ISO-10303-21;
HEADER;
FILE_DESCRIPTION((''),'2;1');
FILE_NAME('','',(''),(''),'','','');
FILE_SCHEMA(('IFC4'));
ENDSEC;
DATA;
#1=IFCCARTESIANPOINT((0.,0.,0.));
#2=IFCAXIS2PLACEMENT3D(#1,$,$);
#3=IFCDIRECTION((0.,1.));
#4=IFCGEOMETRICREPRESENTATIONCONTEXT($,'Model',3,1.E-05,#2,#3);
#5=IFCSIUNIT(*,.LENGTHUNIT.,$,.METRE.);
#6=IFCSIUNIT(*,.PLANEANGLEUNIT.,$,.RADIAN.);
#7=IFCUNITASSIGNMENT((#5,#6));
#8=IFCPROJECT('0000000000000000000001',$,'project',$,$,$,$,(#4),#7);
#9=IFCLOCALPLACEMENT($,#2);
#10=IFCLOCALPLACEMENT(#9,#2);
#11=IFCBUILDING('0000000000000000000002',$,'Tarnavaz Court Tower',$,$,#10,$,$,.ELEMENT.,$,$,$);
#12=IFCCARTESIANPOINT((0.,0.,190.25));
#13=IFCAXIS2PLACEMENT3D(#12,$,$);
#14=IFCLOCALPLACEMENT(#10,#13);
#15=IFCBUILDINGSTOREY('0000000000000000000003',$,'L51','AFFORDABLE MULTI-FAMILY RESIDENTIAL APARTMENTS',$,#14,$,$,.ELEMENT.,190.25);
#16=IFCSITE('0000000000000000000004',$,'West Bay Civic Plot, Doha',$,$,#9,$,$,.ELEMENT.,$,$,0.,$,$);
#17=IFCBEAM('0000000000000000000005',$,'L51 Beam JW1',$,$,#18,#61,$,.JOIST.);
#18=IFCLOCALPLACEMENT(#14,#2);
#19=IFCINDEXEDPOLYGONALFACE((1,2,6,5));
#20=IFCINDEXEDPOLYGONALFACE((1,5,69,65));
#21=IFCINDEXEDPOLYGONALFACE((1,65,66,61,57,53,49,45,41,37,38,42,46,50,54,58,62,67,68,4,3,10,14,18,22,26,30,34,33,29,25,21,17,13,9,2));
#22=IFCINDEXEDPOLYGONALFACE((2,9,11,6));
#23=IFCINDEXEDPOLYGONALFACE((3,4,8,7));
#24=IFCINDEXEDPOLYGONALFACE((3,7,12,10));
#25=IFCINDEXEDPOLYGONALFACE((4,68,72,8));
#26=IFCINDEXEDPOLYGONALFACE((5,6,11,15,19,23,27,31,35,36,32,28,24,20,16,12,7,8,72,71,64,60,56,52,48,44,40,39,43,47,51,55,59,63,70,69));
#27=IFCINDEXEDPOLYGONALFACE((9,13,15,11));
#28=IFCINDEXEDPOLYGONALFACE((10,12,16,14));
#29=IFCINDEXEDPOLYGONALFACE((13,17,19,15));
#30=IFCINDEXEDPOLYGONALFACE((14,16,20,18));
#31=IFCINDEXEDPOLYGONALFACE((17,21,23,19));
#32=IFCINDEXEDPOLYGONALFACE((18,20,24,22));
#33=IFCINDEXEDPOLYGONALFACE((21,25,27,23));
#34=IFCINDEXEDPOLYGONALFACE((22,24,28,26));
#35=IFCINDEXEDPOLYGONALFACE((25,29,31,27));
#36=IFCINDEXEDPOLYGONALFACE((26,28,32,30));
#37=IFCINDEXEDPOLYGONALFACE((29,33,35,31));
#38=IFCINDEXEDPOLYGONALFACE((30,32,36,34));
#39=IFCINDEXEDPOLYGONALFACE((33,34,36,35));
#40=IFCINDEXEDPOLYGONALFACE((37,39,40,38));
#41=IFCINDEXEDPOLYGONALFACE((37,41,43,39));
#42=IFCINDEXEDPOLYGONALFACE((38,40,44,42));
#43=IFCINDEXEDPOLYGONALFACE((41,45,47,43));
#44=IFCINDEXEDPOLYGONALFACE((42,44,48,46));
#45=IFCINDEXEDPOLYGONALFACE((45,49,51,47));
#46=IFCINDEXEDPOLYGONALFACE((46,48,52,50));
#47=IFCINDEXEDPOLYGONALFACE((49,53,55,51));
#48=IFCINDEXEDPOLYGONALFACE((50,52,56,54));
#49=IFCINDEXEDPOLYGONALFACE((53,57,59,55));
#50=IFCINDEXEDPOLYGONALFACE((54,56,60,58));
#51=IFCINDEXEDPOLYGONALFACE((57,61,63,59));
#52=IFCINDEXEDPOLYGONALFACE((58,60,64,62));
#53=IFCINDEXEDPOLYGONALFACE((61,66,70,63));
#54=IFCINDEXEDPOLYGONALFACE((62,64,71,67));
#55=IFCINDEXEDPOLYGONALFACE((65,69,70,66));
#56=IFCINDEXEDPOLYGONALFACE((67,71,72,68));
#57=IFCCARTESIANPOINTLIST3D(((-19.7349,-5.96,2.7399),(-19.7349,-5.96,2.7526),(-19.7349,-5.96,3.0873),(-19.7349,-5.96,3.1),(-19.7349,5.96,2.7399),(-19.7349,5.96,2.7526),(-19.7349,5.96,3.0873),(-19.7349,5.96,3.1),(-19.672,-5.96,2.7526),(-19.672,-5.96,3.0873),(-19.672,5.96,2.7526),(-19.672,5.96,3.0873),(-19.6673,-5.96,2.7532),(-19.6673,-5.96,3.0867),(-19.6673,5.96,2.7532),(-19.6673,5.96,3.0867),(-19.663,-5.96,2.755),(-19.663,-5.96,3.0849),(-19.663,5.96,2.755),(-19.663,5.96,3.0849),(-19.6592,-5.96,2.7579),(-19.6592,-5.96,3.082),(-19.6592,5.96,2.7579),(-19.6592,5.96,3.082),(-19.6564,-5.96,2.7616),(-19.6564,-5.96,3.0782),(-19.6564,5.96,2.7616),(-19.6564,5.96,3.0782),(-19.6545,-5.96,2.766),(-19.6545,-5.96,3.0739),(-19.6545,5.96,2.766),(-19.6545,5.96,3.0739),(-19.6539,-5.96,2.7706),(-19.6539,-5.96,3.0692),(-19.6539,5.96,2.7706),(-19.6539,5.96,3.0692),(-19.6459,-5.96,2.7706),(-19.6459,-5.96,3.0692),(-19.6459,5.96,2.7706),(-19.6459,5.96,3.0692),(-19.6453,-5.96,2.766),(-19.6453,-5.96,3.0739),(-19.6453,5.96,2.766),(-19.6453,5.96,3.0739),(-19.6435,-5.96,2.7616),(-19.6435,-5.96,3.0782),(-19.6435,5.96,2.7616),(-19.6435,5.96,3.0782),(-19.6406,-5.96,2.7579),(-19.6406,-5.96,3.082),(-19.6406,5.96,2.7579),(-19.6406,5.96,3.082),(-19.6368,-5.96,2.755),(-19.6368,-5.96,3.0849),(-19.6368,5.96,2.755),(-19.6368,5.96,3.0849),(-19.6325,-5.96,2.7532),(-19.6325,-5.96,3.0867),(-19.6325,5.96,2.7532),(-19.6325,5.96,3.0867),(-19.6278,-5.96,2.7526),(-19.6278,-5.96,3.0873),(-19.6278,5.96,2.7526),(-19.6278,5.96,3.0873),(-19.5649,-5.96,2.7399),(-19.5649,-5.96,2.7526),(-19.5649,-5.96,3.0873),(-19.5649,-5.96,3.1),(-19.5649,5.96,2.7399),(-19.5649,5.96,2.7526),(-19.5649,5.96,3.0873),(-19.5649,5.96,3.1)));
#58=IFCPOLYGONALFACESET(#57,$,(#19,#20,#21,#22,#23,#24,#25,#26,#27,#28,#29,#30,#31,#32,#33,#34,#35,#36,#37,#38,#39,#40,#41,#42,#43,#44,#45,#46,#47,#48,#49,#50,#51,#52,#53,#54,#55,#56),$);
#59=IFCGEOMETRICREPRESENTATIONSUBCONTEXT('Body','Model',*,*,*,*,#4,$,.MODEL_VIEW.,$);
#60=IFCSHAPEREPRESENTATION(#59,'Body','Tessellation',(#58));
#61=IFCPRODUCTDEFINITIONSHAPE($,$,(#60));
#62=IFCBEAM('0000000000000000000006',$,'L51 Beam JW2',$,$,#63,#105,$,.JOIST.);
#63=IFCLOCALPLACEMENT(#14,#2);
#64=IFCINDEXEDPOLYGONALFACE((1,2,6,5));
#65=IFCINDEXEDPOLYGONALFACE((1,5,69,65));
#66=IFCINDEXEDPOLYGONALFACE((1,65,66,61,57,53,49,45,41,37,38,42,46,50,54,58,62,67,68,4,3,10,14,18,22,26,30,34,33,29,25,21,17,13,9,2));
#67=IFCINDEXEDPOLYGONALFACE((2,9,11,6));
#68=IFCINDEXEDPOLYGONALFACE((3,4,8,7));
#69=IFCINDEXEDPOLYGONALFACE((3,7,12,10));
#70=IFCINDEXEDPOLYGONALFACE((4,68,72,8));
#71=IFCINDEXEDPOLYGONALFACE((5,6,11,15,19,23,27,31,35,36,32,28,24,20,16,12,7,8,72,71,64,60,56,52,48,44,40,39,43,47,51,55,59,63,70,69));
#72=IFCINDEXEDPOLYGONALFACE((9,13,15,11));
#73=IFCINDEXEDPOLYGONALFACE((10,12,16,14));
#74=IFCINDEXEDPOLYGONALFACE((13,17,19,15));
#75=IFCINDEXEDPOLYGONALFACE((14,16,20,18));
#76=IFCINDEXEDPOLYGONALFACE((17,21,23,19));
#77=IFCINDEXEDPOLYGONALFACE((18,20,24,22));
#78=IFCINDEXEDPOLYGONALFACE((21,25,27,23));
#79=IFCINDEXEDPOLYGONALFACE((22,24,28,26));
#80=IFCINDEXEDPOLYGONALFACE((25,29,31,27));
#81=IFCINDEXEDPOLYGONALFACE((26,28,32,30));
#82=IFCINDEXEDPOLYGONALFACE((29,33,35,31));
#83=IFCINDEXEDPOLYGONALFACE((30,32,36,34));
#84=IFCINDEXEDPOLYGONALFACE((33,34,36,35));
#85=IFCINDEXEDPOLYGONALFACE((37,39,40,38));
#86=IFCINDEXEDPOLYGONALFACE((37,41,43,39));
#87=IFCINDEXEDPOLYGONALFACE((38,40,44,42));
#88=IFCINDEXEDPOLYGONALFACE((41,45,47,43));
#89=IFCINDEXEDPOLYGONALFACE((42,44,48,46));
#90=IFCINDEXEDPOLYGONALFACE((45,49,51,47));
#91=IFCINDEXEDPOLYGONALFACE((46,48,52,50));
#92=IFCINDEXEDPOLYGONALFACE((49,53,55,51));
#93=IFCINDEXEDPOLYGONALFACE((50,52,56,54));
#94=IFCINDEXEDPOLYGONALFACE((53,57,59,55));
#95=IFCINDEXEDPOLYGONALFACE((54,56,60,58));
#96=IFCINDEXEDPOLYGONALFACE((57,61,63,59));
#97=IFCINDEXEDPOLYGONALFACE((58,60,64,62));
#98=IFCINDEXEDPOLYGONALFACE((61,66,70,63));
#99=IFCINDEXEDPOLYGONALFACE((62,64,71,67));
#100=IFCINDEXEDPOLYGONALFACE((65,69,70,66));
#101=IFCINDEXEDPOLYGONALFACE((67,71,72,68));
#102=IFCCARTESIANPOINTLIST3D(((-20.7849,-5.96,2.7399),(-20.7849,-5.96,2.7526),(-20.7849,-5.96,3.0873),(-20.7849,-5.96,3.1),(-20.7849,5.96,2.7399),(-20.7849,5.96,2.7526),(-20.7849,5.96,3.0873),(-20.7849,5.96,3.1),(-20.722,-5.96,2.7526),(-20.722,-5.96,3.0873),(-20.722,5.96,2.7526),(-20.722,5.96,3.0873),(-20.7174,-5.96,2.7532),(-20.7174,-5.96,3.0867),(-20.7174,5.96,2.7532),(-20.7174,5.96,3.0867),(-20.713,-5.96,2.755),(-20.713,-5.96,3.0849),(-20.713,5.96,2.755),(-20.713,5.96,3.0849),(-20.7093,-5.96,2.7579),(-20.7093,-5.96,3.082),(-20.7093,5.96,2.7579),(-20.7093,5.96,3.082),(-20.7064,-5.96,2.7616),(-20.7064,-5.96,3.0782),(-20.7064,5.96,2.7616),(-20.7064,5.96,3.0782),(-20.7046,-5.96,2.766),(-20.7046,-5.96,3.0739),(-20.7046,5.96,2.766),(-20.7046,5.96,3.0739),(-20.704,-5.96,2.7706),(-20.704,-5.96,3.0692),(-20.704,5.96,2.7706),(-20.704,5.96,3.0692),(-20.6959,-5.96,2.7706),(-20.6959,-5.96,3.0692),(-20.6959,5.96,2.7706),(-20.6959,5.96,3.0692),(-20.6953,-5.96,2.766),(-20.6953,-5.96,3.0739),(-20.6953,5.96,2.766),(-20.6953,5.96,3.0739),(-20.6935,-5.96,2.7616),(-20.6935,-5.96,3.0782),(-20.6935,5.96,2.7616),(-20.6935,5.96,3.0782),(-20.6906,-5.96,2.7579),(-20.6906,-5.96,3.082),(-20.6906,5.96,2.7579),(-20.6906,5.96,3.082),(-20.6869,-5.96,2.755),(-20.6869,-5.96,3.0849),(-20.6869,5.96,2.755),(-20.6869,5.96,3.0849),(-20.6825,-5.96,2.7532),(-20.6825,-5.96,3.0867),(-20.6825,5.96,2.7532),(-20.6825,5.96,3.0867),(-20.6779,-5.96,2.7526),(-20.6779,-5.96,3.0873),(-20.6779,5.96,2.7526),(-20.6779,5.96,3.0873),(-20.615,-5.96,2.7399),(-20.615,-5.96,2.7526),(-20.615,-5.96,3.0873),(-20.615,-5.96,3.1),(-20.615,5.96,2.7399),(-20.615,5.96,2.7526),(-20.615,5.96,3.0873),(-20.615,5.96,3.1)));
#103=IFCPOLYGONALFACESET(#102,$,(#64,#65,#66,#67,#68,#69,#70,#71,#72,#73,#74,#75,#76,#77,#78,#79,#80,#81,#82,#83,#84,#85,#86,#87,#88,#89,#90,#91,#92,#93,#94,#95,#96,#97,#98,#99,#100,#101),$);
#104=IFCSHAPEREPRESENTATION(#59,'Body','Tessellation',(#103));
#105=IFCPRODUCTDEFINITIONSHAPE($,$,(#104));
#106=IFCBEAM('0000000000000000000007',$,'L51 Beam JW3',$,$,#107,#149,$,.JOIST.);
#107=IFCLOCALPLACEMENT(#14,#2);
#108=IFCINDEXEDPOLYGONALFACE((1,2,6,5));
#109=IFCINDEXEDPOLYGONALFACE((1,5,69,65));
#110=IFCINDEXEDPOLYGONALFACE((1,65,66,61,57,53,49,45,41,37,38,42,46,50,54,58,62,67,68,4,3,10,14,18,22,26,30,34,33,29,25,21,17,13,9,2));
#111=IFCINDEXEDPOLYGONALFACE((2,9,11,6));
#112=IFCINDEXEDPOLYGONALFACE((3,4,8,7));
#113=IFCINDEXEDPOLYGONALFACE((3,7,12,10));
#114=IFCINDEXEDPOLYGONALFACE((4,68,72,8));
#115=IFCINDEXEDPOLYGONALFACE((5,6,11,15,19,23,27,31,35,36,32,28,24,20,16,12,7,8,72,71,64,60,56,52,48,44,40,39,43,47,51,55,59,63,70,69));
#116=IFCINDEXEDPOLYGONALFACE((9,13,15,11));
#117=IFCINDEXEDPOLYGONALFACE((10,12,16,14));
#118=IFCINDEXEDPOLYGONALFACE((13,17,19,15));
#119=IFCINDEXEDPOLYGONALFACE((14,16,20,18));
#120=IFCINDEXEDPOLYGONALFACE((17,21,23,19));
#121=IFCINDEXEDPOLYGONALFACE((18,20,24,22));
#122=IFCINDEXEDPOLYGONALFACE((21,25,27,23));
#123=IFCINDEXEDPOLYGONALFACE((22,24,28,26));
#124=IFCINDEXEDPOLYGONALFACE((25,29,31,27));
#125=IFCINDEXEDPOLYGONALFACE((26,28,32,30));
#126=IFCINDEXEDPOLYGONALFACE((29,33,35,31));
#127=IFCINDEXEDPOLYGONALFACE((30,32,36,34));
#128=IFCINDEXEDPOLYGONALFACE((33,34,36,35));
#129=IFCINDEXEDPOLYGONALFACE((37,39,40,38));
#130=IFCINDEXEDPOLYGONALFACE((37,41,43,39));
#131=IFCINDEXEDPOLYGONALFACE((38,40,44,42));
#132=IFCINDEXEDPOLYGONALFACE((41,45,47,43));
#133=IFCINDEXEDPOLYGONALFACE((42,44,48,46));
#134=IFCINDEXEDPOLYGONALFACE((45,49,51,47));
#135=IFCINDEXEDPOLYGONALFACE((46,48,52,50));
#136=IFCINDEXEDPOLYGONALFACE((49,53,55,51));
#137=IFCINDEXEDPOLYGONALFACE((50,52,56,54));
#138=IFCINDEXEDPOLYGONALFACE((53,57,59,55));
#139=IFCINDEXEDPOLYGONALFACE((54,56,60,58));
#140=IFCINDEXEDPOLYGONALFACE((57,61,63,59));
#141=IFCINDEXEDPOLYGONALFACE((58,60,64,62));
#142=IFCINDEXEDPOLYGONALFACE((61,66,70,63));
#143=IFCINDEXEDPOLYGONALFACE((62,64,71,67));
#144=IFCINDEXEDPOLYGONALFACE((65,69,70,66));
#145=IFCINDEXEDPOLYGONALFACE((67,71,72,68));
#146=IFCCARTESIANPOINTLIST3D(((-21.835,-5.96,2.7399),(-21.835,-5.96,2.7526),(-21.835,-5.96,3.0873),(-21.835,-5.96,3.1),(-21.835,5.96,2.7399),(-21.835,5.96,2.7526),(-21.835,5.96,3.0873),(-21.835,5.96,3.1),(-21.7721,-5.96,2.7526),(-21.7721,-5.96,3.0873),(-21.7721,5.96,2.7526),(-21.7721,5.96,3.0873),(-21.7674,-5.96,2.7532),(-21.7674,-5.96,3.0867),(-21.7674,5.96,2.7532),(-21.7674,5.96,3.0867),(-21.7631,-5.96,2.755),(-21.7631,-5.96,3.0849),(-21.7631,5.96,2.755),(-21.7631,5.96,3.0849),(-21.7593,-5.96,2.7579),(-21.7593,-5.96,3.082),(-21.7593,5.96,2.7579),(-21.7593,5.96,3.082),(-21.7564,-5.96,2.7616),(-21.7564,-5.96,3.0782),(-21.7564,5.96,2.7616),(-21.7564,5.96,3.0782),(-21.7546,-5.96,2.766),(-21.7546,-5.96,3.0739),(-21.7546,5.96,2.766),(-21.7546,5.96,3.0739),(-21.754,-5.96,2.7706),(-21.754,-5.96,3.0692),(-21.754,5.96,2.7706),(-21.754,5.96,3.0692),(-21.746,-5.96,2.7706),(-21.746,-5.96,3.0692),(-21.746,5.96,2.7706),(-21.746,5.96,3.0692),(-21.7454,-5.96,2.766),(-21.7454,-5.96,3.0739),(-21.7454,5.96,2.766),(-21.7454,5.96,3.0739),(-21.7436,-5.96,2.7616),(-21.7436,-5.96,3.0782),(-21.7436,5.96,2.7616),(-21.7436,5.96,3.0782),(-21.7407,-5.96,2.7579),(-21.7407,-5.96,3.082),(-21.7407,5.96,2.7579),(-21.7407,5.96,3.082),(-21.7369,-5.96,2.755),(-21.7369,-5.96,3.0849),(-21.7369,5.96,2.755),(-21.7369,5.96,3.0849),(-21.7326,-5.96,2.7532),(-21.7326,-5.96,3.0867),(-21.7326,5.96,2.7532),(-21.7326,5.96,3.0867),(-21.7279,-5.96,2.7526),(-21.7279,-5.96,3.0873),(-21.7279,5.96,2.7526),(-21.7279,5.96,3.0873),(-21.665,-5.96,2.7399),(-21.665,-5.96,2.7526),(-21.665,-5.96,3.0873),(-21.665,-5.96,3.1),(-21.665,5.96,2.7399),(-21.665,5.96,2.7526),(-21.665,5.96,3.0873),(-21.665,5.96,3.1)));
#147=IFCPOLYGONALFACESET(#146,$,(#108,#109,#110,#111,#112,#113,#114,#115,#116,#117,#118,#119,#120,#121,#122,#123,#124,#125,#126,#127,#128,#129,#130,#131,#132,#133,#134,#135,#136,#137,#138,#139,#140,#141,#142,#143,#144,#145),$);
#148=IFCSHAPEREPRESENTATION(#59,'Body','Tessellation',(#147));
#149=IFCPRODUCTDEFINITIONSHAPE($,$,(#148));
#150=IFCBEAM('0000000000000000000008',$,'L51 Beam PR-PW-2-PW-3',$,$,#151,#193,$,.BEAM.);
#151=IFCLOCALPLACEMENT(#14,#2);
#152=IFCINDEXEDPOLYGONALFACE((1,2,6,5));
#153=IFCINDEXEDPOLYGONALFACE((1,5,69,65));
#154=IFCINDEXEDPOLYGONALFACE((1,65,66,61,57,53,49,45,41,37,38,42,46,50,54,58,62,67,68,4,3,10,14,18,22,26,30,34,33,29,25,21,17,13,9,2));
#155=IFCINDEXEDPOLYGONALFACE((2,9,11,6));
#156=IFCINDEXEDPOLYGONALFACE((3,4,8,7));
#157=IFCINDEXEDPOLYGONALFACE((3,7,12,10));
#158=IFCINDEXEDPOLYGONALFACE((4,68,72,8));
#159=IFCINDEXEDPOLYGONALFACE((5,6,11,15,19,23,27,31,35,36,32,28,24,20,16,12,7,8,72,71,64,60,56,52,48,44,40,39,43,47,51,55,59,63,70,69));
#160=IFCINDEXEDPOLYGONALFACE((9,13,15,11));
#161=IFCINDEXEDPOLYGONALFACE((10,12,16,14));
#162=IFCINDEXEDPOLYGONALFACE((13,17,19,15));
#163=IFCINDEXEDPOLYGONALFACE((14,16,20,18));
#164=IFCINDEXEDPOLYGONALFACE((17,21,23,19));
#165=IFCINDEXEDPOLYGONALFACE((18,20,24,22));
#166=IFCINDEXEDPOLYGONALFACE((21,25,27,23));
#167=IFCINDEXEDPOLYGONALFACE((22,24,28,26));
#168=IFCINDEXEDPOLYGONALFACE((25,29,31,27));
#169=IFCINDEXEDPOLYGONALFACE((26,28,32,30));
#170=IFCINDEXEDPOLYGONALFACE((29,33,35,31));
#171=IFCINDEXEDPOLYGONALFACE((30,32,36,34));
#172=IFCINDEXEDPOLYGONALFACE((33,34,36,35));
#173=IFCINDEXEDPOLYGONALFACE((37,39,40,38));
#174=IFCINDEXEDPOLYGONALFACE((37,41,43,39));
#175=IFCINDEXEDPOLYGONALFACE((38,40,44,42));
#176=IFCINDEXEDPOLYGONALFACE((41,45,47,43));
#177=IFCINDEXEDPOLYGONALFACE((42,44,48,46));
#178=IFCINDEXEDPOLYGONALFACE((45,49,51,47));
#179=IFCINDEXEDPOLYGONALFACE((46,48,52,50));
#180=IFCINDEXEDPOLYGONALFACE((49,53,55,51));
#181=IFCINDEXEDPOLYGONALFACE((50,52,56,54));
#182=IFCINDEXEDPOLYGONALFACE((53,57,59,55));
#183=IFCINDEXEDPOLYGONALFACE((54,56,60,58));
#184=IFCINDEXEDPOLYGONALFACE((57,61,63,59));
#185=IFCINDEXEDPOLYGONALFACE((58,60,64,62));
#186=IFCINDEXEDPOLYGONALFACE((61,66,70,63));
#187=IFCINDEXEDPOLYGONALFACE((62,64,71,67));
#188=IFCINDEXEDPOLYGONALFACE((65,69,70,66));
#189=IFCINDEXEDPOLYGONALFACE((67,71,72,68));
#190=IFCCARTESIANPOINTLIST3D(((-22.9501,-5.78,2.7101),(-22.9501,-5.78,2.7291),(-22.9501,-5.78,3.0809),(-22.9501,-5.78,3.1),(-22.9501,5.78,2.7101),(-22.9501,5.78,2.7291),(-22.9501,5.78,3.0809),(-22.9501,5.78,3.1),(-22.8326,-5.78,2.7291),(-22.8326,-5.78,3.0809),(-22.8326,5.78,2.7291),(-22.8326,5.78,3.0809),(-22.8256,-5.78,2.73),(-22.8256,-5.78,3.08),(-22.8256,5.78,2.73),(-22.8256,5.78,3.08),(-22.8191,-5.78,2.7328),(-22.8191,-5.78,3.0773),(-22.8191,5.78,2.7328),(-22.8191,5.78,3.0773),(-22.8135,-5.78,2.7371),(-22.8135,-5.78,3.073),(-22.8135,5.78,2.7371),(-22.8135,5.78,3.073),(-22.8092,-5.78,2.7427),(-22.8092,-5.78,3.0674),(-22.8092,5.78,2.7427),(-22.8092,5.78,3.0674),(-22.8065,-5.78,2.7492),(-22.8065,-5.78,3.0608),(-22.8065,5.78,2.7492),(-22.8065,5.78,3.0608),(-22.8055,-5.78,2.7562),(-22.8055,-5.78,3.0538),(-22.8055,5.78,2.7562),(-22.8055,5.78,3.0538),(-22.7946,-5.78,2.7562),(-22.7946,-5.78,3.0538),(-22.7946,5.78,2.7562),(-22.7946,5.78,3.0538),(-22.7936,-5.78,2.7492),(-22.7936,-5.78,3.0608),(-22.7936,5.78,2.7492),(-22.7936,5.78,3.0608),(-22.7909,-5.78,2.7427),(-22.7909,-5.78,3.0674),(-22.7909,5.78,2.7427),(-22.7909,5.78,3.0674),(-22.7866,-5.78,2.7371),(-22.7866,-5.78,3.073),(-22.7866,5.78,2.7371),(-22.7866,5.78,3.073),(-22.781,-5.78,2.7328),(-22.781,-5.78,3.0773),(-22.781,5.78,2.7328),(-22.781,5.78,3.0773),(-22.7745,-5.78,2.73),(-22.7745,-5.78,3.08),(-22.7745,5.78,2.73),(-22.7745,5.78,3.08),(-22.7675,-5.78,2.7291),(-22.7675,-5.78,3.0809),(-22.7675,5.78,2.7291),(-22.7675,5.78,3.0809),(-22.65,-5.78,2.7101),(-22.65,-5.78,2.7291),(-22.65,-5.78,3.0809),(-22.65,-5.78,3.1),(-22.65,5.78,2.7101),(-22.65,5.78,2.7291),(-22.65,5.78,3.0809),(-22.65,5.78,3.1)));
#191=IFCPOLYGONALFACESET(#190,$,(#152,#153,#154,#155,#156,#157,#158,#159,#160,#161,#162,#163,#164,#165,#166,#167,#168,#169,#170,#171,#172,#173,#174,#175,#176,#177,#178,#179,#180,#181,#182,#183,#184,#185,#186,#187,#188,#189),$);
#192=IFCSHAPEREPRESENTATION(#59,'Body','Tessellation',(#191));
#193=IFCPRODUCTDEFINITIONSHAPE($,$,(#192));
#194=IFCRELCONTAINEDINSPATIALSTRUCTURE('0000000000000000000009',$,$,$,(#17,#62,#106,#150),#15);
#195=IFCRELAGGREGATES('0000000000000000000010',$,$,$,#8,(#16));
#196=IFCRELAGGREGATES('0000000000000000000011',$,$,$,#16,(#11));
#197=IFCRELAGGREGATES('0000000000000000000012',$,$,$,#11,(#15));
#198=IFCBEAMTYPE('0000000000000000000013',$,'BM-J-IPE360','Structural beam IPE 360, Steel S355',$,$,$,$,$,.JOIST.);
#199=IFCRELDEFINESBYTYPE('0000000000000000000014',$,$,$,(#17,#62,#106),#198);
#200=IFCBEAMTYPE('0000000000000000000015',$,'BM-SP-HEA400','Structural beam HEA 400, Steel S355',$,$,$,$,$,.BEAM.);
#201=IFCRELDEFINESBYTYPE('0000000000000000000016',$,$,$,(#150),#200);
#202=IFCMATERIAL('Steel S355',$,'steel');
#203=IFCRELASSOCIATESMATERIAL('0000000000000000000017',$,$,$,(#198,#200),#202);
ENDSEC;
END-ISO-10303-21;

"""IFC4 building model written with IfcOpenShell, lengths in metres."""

from ifc_helpers import new_model, si_unit, direction, frame, origin, origin_2d, place, context, subcontext, project, spatial, i_section, extrude, material, material_profile, profile_set, type_object, element, save


model = new_model("IFC4")

# Units and contexts
model_context = context("Model", 3, precision=1e-05, world=origin(), true_north=direction((0.0, 1.0)))
body_context = subcontext(model_context, "Body", "Model", "MODEL_VIEW")
ifc_project = project(units=[si_unit("LENGTHUNIT", "METRE"), si_unit("PLANEANGLEUNIT", "RADIAN")], contexts=[model_context])

# Site, building, storey
site_placement = place(None, origin())
site = spatial("IfcSite", under=ifc_project, at=site_placement, Name="West Bay Civic Plot, Doha", CompositionType="ELEMENT", RefElevation=0.0)
building_placement = place(site_placement, origin())
building = spatial("IfcBuilding", under=site, at=building_placement, Name="Tarnavaz Court Tower", CompositionType="ELEMENT")
storey_placement = place(building_placement, frame((0.0, 0.0, 190.25)))
storey = spatial("IfcBuildingStorey", under=building, at=storey_placement, Name="L51", Description="AFFORDABLE MULTI-FAMILY RESIDENTIAL APARTMENTS", CompositionType="ELEMENT", Elevation=190.25)

# Beams
ifc_material_1 = material(Name="Steel S355", Category="steel")
ifc_material_profile_1 = material_profile(ifc_material_1, i_section(OverallWidth=0.1699, OverallDepth=0.3601, WebThickness=0.0081, FlangeThickness=0.0127, FilletRadius=0.0181, at=origin_2d()), Name="IPE 360")
ifc_profile_set_1 = profile_set([ifc_material_profile_1], Name="Steel S355")
beam_type_1 = type_object("IfcBeamType", Name="BM-J-IPE360", Description="Structural beam IPE 360, Steel S355", PredefinedType="JOIST", material=ifc_profile_set_1)
for number, where, z_axis, x_axis, name in (
    (1, (-19.6499, -5.96, 2.9199), (0.0, 1.0, 0.0), (-1.0, 0.0, 0.0), "L51 Beam JW1"),
    (2, (-20.7, -5.96, 2.9199), (0.0, 1.0, 0.0), (-1.0, 0.0, 0.0), "L51 Beam JW2"),
    (3, (-21.75, -5.96, 2.9199), (0.0, 1.0, 0.0), (-1.0, 0.0, 0.0), "L51 Beam JW3"),
):
    element("IfcBeam", number, at=place(storey_placement, frame(where, z_axis=z_axis, x_axis=x_axis)), inside=storey, type_object=beam_type_1, Name=name, PredefinedType="JOIST", context=body_context, shape_type="SweptSolid", body=[
        extrude(i_section(OverallWidth=0.1699, OverallDepth=0.3601, WebThickness=0.0081, FlangeThickness=0.0127, FilletRadius=0.0181, at=origin_2d()), origin(), (0.0, 0.0, 1.0), 11.9199),
    ])
ifc_material_profile_2 = material_profile(ifc_material_1, i_section(OverallWidth=0.3, OverallDepth=0.3899, WebThickness=0.011, FlangeThickness=0.019, FilletRadius=0.0271, at=origin_2d()), Name="HEA 400")
ifc_profile_set_2 = profile_set([ifc_material_profile_2], Name="Steel S355")
beam_type_2 = type_object("IfcBeamType", Name="BM-SP-HEA400", Description="Structural beam HEA 400, Steel S355", PredefinedType="BEAM", material=ifc_profile_set_2)
beam_1_placement = place(storey_placement, frame((-22.8, -5.78, 2.905), z_axis=(0.0, 1.0, 0.0), x_axis=(-1.0, 0.0, 0.0)))
element("IfcBeam", 4, at=beam_1_placement, inside=storey, type_object=beam_type_2, Name="L51 Beam PR-PW-2-PW-3", PredefinedType="BEAM", context=body_context, shape_type="SweptSolid", body=[
    extrude(i_section(OverallWidth=0.3, OverallDepth=0.3899, WebThickness=0.011, FlangeThickness=0.019, FilletRadius=0.0271, at=origin_2d()), origin(), (0.0, 0.0, 1.0), 11.5601),
])

save(model, "model.ifc")
